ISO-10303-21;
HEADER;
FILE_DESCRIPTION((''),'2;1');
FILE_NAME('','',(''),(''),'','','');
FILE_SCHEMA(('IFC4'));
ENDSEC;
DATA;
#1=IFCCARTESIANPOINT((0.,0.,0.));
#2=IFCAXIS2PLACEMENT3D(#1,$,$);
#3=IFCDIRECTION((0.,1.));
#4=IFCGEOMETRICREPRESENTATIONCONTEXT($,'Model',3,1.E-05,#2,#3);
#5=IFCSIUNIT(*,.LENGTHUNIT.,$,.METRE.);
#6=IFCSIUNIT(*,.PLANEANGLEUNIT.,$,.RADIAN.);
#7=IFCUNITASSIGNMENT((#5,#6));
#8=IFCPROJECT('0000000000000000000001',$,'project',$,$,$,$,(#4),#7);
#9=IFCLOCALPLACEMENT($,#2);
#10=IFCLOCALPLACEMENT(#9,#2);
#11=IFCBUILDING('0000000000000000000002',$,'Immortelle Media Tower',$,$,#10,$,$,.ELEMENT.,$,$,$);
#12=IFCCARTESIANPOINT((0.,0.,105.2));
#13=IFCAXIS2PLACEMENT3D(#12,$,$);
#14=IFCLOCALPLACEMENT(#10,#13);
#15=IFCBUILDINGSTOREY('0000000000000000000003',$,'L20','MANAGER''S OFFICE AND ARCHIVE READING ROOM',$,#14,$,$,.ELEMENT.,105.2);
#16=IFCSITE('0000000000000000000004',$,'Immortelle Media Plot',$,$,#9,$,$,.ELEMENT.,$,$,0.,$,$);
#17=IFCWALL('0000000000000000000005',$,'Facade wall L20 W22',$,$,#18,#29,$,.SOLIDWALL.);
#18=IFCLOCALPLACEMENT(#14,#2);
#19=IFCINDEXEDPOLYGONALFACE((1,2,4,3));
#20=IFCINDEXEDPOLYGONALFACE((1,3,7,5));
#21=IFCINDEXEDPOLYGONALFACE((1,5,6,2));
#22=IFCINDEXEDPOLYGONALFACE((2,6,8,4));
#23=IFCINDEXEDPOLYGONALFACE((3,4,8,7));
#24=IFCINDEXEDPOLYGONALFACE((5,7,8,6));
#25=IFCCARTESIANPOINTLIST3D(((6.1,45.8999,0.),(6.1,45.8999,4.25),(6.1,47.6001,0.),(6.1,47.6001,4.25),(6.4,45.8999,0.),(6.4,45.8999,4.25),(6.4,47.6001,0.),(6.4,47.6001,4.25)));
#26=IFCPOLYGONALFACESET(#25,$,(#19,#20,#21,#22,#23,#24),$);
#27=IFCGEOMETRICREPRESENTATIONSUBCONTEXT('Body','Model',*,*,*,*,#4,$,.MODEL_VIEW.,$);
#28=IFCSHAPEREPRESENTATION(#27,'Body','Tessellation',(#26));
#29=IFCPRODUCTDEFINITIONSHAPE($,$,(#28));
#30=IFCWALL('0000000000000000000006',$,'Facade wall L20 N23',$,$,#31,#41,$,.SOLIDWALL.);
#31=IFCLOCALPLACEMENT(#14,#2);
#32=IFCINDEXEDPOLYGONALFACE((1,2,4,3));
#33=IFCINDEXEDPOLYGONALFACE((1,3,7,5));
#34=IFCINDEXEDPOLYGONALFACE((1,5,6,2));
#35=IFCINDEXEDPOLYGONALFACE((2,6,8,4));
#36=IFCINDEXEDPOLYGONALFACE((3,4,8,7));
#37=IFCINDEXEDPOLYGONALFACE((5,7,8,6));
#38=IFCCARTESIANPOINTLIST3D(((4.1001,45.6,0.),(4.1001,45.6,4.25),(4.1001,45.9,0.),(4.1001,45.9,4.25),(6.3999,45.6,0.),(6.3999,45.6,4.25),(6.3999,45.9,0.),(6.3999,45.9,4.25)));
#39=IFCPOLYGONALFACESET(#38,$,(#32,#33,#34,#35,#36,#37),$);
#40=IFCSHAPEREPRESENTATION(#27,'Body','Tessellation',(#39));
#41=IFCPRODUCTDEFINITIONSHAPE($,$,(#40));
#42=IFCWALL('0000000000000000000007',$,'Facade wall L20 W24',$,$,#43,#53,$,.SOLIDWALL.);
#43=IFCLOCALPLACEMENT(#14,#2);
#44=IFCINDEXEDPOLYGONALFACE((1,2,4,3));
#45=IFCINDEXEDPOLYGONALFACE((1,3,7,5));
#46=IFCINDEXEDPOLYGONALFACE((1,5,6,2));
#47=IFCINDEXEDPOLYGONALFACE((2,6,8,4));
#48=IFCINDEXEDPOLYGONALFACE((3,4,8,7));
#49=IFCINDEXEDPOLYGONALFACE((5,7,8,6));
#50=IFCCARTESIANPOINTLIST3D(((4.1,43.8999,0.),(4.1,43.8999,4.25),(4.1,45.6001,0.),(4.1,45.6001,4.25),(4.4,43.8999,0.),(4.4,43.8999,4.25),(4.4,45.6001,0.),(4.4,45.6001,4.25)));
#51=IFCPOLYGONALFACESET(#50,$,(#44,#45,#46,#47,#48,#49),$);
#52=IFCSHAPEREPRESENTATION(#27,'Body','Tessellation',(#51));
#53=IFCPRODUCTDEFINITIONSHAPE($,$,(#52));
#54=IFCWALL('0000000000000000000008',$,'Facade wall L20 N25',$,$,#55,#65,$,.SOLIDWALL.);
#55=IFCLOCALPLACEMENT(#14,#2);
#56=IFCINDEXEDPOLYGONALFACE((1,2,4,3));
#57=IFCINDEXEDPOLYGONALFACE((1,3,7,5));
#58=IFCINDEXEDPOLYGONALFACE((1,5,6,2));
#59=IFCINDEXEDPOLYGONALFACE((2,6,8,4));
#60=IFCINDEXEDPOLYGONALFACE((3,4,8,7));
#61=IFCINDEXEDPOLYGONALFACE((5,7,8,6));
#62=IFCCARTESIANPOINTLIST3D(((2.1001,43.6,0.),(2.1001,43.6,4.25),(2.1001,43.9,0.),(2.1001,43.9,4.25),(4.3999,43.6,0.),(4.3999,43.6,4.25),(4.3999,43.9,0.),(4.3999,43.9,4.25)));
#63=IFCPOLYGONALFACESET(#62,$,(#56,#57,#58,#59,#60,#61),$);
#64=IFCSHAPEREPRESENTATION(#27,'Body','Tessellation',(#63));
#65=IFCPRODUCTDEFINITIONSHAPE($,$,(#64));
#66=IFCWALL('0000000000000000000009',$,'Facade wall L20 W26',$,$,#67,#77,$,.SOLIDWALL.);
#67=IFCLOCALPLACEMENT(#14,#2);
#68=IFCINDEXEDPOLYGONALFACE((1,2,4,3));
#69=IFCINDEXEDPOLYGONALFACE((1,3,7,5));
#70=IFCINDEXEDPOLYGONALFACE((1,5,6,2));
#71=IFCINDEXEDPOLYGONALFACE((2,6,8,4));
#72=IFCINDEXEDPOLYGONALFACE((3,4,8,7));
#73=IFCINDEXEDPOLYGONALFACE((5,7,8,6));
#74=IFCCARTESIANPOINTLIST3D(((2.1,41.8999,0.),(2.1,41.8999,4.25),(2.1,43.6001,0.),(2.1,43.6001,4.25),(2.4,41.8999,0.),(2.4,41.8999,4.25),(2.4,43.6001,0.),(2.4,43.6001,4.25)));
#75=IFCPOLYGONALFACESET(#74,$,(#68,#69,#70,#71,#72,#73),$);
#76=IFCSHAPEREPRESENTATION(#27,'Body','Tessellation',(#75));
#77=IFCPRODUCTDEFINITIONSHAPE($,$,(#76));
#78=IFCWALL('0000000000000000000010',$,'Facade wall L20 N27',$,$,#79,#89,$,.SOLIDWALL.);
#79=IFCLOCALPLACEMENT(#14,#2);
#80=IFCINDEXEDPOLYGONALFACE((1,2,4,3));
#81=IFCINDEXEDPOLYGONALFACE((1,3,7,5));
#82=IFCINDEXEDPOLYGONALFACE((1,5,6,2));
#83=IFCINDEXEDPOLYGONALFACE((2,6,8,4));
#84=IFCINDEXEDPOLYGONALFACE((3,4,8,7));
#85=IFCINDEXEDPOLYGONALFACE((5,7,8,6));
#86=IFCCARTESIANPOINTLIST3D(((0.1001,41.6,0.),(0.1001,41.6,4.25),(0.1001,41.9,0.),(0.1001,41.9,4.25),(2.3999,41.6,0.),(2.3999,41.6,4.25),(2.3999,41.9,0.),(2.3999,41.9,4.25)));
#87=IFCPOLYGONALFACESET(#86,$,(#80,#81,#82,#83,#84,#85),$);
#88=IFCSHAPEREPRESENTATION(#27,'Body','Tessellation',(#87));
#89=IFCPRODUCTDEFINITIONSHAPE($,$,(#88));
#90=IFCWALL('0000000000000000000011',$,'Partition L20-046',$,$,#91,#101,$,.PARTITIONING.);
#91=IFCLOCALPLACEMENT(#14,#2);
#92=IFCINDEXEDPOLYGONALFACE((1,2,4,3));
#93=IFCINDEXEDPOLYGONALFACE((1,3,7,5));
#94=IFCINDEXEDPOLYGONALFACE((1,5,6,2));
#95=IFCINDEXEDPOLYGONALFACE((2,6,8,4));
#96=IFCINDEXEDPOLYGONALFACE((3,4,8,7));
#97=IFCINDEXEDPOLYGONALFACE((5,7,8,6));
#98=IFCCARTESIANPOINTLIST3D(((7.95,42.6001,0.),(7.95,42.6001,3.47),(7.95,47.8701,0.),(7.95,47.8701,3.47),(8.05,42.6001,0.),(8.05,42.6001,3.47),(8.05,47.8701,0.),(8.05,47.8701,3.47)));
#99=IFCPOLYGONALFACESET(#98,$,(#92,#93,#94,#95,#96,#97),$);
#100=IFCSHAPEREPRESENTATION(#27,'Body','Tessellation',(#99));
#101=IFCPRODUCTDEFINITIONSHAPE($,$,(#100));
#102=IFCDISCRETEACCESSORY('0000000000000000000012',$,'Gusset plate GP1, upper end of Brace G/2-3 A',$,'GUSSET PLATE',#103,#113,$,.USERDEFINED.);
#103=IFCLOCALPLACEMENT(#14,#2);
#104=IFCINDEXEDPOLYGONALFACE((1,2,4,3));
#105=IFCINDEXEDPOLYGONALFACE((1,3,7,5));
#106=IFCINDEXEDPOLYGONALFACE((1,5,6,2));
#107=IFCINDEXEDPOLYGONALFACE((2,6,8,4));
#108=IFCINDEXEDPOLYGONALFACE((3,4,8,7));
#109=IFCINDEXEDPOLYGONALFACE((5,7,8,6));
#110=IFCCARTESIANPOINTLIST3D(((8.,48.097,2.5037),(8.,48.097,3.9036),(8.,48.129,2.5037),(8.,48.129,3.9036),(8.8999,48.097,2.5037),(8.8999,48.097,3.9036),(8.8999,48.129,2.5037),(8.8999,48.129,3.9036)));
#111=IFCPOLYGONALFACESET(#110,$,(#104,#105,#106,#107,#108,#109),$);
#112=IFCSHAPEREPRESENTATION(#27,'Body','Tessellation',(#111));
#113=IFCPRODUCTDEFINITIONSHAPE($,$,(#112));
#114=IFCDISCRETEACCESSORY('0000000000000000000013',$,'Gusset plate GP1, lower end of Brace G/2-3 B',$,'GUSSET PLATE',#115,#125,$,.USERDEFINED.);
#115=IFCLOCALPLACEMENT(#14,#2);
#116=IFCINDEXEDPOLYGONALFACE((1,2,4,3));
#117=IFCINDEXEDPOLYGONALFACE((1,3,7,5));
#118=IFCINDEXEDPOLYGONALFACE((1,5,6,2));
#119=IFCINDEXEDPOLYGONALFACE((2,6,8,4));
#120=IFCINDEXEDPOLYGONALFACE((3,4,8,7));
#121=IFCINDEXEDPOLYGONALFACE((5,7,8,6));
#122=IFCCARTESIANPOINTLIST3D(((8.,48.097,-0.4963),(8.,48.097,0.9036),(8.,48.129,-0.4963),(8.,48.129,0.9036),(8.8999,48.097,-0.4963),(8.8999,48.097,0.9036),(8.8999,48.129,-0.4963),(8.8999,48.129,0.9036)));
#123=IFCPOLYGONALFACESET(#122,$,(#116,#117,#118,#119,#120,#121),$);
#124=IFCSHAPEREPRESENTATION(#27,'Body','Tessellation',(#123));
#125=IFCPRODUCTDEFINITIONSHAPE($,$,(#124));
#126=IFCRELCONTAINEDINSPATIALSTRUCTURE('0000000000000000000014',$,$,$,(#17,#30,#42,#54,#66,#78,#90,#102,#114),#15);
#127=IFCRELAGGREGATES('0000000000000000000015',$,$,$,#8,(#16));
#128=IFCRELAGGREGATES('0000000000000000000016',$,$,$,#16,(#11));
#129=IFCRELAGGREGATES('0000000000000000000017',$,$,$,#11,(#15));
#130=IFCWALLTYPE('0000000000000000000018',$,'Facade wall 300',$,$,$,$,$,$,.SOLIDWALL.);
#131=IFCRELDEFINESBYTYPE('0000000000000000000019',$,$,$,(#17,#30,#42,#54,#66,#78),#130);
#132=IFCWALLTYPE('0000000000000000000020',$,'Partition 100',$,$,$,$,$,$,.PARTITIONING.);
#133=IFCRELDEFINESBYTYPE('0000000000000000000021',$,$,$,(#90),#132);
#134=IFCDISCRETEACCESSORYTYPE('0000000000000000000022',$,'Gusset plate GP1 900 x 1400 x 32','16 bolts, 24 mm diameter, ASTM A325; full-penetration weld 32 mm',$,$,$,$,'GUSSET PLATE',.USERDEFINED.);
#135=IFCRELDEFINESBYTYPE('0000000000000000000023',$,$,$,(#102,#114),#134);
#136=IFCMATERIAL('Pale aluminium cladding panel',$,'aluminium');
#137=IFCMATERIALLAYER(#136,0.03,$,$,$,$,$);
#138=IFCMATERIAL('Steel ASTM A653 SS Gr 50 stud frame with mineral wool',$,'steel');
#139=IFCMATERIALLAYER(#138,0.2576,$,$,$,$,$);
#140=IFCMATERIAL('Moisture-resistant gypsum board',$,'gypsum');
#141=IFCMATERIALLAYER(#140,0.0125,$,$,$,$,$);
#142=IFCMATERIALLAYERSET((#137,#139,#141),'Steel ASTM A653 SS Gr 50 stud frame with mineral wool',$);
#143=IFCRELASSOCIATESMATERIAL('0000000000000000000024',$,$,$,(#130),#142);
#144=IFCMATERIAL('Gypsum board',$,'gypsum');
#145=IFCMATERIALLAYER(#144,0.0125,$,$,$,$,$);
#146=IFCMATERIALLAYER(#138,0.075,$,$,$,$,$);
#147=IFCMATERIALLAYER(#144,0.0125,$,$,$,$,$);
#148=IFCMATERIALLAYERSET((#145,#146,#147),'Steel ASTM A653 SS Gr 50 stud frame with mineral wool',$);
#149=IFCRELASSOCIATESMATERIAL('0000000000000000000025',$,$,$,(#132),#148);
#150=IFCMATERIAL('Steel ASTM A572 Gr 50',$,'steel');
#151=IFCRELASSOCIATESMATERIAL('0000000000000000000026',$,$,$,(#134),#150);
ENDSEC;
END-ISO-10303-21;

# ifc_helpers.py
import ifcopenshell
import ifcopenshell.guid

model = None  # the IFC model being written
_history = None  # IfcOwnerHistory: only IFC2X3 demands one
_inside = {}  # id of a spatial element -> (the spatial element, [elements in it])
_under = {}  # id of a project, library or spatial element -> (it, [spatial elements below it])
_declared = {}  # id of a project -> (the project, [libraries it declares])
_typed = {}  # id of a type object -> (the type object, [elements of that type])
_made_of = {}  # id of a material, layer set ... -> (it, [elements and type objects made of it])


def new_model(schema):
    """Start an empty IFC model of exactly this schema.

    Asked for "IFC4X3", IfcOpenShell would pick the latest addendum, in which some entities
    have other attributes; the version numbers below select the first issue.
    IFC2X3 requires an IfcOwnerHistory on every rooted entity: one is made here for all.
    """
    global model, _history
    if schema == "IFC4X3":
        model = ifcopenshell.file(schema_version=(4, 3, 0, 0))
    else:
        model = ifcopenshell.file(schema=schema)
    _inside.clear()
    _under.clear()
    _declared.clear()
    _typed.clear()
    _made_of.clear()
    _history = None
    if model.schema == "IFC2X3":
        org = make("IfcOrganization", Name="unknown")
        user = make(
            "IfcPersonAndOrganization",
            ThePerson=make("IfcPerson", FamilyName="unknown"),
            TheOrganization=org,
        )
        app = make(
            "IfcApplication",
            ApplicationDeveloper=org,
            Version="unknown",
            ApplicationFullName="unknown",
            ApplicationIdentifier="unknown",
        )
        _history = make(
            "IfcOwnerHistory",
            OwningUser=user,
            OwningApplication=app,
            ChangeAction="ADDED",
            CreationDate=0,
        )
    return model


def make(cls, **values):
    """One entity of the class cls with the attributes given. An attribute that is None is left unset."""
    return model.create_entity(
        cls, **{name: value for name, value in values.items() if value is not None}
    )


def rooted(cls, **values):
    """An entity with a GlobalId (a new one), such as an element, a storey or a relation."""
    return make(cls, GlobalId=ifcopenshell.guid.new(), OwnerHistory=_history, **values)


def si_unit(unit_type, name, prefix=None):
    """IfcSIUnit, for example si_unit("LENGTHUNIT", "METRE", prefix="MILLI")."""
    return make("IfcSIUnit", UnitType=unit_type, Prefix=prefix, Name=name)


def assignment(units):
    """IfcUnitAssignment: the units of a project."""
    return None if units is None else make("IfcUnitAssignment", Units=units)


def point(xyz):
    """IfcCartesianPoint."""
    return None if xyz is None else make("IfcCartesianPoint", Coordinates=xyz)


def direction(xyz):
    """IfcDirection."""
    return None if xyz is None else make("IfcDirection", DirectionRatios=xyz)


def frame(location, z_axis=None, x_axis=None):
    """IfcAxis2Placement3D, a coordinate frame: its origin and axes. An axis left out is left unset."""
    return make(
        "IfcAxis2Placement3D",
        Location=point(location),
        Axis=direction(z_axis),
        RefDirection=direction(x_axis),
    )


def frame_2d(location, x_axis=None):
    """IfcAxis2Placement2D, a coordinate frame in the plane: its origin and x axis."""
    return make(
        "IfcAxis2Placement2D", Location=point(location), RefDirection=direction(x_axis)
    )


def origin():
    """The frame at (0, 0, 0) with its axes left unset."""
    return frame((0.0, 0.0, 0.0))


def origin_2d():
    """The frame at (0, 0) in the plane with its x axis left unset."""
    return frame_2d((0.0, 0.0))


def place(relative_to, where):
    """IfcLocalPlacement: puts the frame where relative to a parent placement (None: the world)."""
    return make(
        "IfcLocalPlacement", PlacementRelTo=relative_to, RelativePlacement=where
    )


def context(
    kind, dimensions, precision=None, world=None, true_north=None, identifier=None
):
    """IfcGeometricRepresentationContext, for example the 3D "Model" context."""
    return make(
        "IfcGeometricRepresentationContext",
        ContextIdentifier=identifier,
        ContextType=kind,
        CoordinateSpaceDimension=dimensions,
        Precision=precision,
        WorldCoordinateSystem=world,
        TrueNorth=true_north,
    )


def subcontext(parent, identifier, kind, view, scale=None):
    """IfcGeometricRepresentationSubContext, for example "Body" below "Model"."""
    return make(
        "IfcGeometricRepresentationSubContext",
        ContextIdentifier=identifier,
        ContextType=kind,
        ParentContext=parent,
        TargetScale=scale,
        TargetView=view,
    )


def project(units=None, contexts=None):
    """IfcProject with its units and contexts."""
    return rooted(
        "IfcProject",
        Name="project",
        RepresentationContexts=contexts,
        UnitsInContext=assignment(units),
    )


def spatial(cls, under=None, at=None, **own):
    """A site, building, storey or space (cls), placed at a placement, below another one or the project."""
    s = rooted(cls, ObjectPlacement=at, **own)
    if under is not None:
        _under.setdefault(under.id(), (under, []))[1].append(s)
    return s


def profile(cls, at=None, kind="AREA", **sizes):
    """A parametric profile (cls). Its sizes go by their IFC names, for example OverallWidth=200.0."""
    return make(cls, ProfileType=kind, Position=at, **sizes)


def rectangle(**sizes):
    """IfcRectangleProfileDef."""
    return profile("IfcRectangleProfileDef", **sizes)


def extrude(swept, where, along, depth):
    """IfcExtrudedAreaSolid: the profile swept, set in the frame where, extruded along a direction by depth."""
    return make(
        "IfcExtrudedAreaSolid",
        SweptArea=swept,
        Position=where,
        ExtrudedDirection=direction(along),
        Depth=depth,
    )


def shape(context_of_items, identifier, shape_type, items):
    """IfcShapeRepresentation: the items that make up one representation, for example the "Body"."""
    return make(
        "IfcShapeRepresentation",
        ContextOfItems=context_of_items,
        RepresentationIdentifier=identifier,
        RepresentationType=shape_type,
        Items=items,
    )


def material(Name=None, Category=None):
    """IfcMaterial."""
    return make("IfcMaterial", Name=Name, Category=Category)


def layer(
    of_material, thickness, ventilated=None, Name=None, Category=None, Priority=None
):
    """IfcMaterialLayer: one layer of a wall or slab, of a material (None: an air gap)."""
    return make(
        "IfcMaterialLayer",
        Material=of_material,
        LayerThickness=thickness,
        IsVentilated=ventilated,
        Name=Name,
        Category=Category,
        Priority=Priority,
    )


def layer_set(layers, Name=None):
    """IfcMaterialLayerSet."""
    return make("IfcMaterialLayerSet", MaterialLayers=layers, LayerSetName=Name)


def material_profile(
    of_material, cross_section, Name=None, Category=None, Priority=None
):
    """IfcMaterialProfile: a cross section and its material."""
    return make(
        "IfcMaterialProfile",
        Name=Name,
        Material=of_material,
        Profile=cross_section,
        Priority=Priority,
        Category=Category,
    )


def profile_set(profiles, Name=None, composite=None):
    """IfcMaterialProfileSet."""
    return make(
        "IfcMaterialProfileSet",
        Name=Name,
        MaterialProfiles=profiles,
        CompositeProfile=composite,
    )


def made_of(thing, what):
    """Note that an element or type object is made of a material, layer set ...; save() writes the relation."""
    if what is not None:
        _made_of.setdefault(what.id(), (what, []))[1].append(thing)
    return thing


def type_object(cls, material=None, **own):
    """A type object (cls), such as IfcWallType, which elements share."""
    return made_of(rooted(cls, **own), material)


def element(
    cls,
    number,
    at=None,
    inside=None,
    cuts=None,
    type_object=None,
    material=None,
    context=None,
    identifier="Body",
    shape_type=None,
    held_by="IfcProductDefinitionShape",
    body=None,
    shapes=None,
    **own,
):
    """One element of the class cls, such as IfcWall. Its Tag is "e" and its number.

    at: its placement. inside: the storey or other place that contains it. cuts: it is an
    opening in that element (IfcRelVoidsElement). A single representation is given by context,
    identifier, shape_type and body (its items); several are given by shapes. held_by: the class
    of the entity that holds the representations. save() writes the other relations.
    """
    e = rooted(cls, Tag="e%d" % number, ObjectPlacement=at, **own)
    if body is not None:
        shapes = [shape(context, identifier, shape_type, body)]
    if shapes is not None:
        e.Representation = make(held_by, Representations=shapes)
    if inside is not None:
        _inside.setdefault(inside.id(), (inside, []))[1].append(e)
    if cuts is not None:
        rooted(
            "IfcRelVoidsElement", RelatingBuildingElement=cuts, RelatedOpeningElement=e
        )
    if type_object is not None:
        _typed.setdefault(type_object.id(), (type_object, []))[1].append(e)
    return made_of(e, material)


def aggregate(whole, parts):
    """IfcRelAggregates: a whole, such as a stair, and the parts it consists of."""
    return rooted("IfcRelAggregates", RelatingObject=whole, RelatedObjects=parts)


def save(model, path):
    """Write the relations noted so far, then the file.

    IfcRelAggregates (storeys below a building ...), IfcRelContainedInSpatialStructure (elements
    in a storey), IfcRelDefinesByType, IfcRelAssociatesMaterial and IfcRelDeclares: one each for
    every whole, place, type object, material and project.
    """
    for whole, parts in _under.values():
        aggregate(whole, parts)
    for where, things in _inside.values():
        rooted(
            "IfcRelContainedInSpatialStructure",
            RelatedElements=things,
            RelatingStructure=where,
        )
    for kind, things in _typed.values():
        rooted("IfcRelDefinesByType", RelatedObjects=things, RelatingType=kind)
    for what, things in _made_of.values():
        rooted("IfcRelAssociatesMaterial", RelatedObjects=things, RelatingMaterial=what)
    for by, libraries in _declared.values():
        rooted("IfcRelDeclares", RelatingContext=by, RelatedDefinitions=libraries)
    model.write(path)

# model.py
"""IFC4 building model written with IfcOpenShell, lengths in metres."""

from ifc_helpers import new_model, si_unit, direction, frame, frame_2d, origin, origin_2d, place, context, subcontext, project, spatial, rectangle, extrude, material, layer, layer_set, material_profile, profile_set, type_object, element, save


model = new_model("IFC4")

# Units and contexts
model_context = context("Model", 3, precision=1e-05, world=origin(), true_north=direction((0.0, 1.0)))
body_context = subcontext(model_context, "Body", "Model", "MODEL_VIEW")
ifc_project = project(units=[si_unit("LENGTHUNIT", "METRE"), si_unit("PLANEANGLEUNIT", "RADIAN")], contexts=[model_context])

# Site, building, storey
site_placement = place(None, origin())
site = spatial("IfcSite", under=ifc_project, at=site_placement, Name="Immortelle Media Plot", CompositionType="ELEMENT", RefElevation=0.0)
building_placement = place(site_placement, origin())
building = spatial("IfcBuilding", under=site, at=building_placement, Name="Immortelle Media Tower", CompositionType="ELEMENT")
storey_placement = place(building_placement, frame((0.0, 0.0, 105.2)))
storey = spatial("IfcBuildingStorey", under=building, at=storey_placement, Name="L20", Description="MANAGER'S OFFICE AND ARCHIVE READING ROOM", CompositionType="ELEMENT", Elevation=105.2)

# Shared definitions
ifc_material_1 = material(Name="Steel ASTM A653 SS Gr 50 stud frame with mineral wool", Category="steel")

# Walls
ifc_material_2 = material(Name="Pale aluminium cladding panel", Category="aluminium")
ifc_layer_1 = layer(ifc_material_2, 0.03)
ifc_layer_2 = layer(ifc_material_1, 0.2576)
ifc_material_3 = material(Name="Moisture-resistant gypsum board", Category="gypsum")
ifc_layer_3 = layer(ifc_material_3, 0.0125)
ifc_layer_set_1 = layer_set([ifc_layer_1, ifc_layer_2, ifc_layer_3], Name="Steel ASTM A653 SS Gr 50 stud frame with mineral wool")
wall_type_1 = type_object("IfcWallType", Name="Facade wall 300", PredefinedType="SOLIDWALL", material=ifc_layer_set_1)
wall_1_placement = place(storey_placement, frame((6.25, 47.6001, 0.0), z_axis=(0.0, 0.0, 1.0), x_axis=(0.0, -1.0, 0.0)))
element("IfcWall", 1, at=wall_1_placement, inside=storey, type_object=wall_type_1, Name="Facade wall L20 W22", PredefinedType="SOLIDWALL", context=body_context, shape_type="SweptSolid", body=[
    extrude(rectangle(XDim=1.7002, YDim=0.3, at=frame_2d((0.8501, 0.0))), origin(), (0.0, 0.0, 1.0), 4.25),
])
wall_2_placement = place(storey_placement, frame((6.3999, 45.75, 0.0), z_axis=(0.0, 0.0, 1.0), x_axis=(-1.0, 0.0, 0.0)))
element("IfcWall", 2, at=wall_2_placement, inside=storey, type_object=wall_type_1, Name="Facade wall L20 N23", PredefinedType="SOLIDWALL", context=body_context, shape_type="SweptSolid", body=[
    extrude(rectangle(XDim=2.2998, YDim=0.3, at=frame_2d((1.1499, 0.0))), origin(), (0.0, 0.0, 1.0), 4.25),
])
wall_3_placement = place(storey_placement, frame((4.25, 45.6001, 0.0), z_axis=(0.0, 0.0, 1.0), x_axis=(0.0, -1.0, 0.0)))
element("IfcWall", 3, at=wall_3_placement, inside=storey, type_object=wall_type_1, Name="Facade wall L20 W24", PredefinedType="SOLIDWALL", context=body_context, shape_type="SweptSolid", body=[
    extrude(rectangle(XDim=1.7002, YDim=0.3, at=frame_2d((0.8501, 0.0))), origin(), (0.0, 0.0, 1.0), 4.25),
])
wall_4_placement = place(storey_placement, frame((4.3999, 43.75, 0.0), z_axis=(0.0, 0.0, 1.0), x_axis=(-1.0, 0.0, 0.0)))
element("IfcWall", 4, at=wall_4_placement, inside=storey, type_object=wall_type_1, Name="Facade wall L20 N25", PredefinedType="SOLIDWALL", context=body_context, shape_type="SweptSolid", body=[
    extrude(rectangle(XDim=2.2998, YDim=0.3, at=frame_2d((1.1499, 0.0))), origin(), (0.0, 0.0, 1.0), 4.25),
])
wall_5_placement = place(storey_placement, frame((2.25, 43.6001, 0.0), z_axis=(0.0, 0.0, 1.0), x_axis=(0.0, -1.0, 0.0)))
element("IfcWall", 5, at=wall_5_placement, inside=storey, type_object=wall_type_1, Name="Facade wall L20 W26", PredefinedType="SOLIDWALL", context=body_context, shape_type="SweptSolid", body=[
    extrude(rectangle(XDim=1.7002, YDim=0.3, at=frame_2d((0.8501, 0.0))), origin(), (0.0, 0.0, 1.0), 4.25),
])
wall_6_placement = place(storey_placement, frame((2.3999, 41.75, 0.0), z_axis=(0.0, 0.0, 1.0), x_axis=(-1.0, 0.0, 0.0)))
element("IfcWall", 6, at=wall_6_placement, inside=storey, type_object=wall_type_1, Name="Facade wall L20 N27", PredefinedType="SOLIDWALL", context=body_context, shape_type="SweptSolid", body=[
    extrude(rectangle(XDim=2.2998, YDim=0.3, at=frame_2d((1.1499, 0.0))), origin(), (0.0, 0.0, 1.0), 4.25),
])
ifc_material_4 = material(Name="Gypsum board", Category="gypsum")
ifc_layer_4 = layer(ifc_material_4, 0.0125)
ifc_layer_5 = layer(ifc_material_1, 0.075)
ifc_layer_6 = layer(ifc_material_4, 0.0125)
ifc_layer_set_2 = layer_set([ifc_layer_4, ifc_layer_5, ifc_layer_6], Name="Steel ASTM A653 SS Gr 50 stud frame with mineral wool")
wall_type_2 = type_object("IfcWallType", Name="Partition 100", PredefinedType="PARTITIONING", material=ifc_layer_set_2)
wall_7_placement = place(storey_placement, frame((8.0, 42.6001, 0.0), z_axis=(0.0, 0.0, 1.0), x_axis=(0.0, 1.0, 0.0)))
element("IfcWall", 7, at=wall_7_placement, inside=storey, type_object=wall_type_2, Name="Partition L20-046", PredefinedType="PARTITIONING", context=body_context, shape_type="SweptSolid", body=[
    extrude(rectangle(XDim=5.27, YDim=0.1001, at=frame_2d((2.635, 0.0))), origin(), (0.0, 0.0, 1.0), 3.47),
])

# Discrete accessories
ifc_material_5 = material(Name="Steel ASTM A572 Gr 50", Category="steel")
ifc_material_profile_1 = material_profile(ifc_material_5, rectangle(XDim=0.032, YDim=1.3999, at=origin_2d()), Name="PL 32 x 1400")
ifc_profile_set_1 = profile_set([ifc_material_profile_1], Name="Steel ASTM A572 Gr 50")
discrete_accessory_type = type_object("IfcDiscreteAccessoryType", Name="Gusset plate GP1 900 x 1400 x 32", Description="16 bolts, 24 mm diameter, ASTM A325; full-penetration weld 32 mm", ElementType="GUSSET PLATE", PredefinedType="USERDEFINED", material=ifc_profile_set_1)
for number, where, z_axis, x_axis, name in (
    (8, (8.0, 48.113, 3.2036), (1.0, 0.0, 0.0), (0.0, 1.0, 0.0), "Gusset plate GP1, upper end of Brace G/2-3 A"),
    (9, (8.0, 48.113, 0.2036), (1.0, 0.0, 0.0), (0.0, 1.0, 0.0), "Gusset plate GP1, lower end of Brace G/2-3 B"),
):
    element("IfcDiscreteAccessory", number, at=place(storey_placement, frame(where, z_axis=z_axis, x_axis=x_axis)), inside=storey, type_object=discrete_accessory_type, Name=name, ObjectType="GUSSET PLATE", PredefinedType="USERDEFINED", context=body_context, shape_type="SweptSolid", body=[
        extrude(rectangle(XDim=0.032, YDim=1.3999, at=origin_2d()), origin(), (0.0, 0.0, 1.0), 0.8999),
    ])

save(model, "model.ifc")
